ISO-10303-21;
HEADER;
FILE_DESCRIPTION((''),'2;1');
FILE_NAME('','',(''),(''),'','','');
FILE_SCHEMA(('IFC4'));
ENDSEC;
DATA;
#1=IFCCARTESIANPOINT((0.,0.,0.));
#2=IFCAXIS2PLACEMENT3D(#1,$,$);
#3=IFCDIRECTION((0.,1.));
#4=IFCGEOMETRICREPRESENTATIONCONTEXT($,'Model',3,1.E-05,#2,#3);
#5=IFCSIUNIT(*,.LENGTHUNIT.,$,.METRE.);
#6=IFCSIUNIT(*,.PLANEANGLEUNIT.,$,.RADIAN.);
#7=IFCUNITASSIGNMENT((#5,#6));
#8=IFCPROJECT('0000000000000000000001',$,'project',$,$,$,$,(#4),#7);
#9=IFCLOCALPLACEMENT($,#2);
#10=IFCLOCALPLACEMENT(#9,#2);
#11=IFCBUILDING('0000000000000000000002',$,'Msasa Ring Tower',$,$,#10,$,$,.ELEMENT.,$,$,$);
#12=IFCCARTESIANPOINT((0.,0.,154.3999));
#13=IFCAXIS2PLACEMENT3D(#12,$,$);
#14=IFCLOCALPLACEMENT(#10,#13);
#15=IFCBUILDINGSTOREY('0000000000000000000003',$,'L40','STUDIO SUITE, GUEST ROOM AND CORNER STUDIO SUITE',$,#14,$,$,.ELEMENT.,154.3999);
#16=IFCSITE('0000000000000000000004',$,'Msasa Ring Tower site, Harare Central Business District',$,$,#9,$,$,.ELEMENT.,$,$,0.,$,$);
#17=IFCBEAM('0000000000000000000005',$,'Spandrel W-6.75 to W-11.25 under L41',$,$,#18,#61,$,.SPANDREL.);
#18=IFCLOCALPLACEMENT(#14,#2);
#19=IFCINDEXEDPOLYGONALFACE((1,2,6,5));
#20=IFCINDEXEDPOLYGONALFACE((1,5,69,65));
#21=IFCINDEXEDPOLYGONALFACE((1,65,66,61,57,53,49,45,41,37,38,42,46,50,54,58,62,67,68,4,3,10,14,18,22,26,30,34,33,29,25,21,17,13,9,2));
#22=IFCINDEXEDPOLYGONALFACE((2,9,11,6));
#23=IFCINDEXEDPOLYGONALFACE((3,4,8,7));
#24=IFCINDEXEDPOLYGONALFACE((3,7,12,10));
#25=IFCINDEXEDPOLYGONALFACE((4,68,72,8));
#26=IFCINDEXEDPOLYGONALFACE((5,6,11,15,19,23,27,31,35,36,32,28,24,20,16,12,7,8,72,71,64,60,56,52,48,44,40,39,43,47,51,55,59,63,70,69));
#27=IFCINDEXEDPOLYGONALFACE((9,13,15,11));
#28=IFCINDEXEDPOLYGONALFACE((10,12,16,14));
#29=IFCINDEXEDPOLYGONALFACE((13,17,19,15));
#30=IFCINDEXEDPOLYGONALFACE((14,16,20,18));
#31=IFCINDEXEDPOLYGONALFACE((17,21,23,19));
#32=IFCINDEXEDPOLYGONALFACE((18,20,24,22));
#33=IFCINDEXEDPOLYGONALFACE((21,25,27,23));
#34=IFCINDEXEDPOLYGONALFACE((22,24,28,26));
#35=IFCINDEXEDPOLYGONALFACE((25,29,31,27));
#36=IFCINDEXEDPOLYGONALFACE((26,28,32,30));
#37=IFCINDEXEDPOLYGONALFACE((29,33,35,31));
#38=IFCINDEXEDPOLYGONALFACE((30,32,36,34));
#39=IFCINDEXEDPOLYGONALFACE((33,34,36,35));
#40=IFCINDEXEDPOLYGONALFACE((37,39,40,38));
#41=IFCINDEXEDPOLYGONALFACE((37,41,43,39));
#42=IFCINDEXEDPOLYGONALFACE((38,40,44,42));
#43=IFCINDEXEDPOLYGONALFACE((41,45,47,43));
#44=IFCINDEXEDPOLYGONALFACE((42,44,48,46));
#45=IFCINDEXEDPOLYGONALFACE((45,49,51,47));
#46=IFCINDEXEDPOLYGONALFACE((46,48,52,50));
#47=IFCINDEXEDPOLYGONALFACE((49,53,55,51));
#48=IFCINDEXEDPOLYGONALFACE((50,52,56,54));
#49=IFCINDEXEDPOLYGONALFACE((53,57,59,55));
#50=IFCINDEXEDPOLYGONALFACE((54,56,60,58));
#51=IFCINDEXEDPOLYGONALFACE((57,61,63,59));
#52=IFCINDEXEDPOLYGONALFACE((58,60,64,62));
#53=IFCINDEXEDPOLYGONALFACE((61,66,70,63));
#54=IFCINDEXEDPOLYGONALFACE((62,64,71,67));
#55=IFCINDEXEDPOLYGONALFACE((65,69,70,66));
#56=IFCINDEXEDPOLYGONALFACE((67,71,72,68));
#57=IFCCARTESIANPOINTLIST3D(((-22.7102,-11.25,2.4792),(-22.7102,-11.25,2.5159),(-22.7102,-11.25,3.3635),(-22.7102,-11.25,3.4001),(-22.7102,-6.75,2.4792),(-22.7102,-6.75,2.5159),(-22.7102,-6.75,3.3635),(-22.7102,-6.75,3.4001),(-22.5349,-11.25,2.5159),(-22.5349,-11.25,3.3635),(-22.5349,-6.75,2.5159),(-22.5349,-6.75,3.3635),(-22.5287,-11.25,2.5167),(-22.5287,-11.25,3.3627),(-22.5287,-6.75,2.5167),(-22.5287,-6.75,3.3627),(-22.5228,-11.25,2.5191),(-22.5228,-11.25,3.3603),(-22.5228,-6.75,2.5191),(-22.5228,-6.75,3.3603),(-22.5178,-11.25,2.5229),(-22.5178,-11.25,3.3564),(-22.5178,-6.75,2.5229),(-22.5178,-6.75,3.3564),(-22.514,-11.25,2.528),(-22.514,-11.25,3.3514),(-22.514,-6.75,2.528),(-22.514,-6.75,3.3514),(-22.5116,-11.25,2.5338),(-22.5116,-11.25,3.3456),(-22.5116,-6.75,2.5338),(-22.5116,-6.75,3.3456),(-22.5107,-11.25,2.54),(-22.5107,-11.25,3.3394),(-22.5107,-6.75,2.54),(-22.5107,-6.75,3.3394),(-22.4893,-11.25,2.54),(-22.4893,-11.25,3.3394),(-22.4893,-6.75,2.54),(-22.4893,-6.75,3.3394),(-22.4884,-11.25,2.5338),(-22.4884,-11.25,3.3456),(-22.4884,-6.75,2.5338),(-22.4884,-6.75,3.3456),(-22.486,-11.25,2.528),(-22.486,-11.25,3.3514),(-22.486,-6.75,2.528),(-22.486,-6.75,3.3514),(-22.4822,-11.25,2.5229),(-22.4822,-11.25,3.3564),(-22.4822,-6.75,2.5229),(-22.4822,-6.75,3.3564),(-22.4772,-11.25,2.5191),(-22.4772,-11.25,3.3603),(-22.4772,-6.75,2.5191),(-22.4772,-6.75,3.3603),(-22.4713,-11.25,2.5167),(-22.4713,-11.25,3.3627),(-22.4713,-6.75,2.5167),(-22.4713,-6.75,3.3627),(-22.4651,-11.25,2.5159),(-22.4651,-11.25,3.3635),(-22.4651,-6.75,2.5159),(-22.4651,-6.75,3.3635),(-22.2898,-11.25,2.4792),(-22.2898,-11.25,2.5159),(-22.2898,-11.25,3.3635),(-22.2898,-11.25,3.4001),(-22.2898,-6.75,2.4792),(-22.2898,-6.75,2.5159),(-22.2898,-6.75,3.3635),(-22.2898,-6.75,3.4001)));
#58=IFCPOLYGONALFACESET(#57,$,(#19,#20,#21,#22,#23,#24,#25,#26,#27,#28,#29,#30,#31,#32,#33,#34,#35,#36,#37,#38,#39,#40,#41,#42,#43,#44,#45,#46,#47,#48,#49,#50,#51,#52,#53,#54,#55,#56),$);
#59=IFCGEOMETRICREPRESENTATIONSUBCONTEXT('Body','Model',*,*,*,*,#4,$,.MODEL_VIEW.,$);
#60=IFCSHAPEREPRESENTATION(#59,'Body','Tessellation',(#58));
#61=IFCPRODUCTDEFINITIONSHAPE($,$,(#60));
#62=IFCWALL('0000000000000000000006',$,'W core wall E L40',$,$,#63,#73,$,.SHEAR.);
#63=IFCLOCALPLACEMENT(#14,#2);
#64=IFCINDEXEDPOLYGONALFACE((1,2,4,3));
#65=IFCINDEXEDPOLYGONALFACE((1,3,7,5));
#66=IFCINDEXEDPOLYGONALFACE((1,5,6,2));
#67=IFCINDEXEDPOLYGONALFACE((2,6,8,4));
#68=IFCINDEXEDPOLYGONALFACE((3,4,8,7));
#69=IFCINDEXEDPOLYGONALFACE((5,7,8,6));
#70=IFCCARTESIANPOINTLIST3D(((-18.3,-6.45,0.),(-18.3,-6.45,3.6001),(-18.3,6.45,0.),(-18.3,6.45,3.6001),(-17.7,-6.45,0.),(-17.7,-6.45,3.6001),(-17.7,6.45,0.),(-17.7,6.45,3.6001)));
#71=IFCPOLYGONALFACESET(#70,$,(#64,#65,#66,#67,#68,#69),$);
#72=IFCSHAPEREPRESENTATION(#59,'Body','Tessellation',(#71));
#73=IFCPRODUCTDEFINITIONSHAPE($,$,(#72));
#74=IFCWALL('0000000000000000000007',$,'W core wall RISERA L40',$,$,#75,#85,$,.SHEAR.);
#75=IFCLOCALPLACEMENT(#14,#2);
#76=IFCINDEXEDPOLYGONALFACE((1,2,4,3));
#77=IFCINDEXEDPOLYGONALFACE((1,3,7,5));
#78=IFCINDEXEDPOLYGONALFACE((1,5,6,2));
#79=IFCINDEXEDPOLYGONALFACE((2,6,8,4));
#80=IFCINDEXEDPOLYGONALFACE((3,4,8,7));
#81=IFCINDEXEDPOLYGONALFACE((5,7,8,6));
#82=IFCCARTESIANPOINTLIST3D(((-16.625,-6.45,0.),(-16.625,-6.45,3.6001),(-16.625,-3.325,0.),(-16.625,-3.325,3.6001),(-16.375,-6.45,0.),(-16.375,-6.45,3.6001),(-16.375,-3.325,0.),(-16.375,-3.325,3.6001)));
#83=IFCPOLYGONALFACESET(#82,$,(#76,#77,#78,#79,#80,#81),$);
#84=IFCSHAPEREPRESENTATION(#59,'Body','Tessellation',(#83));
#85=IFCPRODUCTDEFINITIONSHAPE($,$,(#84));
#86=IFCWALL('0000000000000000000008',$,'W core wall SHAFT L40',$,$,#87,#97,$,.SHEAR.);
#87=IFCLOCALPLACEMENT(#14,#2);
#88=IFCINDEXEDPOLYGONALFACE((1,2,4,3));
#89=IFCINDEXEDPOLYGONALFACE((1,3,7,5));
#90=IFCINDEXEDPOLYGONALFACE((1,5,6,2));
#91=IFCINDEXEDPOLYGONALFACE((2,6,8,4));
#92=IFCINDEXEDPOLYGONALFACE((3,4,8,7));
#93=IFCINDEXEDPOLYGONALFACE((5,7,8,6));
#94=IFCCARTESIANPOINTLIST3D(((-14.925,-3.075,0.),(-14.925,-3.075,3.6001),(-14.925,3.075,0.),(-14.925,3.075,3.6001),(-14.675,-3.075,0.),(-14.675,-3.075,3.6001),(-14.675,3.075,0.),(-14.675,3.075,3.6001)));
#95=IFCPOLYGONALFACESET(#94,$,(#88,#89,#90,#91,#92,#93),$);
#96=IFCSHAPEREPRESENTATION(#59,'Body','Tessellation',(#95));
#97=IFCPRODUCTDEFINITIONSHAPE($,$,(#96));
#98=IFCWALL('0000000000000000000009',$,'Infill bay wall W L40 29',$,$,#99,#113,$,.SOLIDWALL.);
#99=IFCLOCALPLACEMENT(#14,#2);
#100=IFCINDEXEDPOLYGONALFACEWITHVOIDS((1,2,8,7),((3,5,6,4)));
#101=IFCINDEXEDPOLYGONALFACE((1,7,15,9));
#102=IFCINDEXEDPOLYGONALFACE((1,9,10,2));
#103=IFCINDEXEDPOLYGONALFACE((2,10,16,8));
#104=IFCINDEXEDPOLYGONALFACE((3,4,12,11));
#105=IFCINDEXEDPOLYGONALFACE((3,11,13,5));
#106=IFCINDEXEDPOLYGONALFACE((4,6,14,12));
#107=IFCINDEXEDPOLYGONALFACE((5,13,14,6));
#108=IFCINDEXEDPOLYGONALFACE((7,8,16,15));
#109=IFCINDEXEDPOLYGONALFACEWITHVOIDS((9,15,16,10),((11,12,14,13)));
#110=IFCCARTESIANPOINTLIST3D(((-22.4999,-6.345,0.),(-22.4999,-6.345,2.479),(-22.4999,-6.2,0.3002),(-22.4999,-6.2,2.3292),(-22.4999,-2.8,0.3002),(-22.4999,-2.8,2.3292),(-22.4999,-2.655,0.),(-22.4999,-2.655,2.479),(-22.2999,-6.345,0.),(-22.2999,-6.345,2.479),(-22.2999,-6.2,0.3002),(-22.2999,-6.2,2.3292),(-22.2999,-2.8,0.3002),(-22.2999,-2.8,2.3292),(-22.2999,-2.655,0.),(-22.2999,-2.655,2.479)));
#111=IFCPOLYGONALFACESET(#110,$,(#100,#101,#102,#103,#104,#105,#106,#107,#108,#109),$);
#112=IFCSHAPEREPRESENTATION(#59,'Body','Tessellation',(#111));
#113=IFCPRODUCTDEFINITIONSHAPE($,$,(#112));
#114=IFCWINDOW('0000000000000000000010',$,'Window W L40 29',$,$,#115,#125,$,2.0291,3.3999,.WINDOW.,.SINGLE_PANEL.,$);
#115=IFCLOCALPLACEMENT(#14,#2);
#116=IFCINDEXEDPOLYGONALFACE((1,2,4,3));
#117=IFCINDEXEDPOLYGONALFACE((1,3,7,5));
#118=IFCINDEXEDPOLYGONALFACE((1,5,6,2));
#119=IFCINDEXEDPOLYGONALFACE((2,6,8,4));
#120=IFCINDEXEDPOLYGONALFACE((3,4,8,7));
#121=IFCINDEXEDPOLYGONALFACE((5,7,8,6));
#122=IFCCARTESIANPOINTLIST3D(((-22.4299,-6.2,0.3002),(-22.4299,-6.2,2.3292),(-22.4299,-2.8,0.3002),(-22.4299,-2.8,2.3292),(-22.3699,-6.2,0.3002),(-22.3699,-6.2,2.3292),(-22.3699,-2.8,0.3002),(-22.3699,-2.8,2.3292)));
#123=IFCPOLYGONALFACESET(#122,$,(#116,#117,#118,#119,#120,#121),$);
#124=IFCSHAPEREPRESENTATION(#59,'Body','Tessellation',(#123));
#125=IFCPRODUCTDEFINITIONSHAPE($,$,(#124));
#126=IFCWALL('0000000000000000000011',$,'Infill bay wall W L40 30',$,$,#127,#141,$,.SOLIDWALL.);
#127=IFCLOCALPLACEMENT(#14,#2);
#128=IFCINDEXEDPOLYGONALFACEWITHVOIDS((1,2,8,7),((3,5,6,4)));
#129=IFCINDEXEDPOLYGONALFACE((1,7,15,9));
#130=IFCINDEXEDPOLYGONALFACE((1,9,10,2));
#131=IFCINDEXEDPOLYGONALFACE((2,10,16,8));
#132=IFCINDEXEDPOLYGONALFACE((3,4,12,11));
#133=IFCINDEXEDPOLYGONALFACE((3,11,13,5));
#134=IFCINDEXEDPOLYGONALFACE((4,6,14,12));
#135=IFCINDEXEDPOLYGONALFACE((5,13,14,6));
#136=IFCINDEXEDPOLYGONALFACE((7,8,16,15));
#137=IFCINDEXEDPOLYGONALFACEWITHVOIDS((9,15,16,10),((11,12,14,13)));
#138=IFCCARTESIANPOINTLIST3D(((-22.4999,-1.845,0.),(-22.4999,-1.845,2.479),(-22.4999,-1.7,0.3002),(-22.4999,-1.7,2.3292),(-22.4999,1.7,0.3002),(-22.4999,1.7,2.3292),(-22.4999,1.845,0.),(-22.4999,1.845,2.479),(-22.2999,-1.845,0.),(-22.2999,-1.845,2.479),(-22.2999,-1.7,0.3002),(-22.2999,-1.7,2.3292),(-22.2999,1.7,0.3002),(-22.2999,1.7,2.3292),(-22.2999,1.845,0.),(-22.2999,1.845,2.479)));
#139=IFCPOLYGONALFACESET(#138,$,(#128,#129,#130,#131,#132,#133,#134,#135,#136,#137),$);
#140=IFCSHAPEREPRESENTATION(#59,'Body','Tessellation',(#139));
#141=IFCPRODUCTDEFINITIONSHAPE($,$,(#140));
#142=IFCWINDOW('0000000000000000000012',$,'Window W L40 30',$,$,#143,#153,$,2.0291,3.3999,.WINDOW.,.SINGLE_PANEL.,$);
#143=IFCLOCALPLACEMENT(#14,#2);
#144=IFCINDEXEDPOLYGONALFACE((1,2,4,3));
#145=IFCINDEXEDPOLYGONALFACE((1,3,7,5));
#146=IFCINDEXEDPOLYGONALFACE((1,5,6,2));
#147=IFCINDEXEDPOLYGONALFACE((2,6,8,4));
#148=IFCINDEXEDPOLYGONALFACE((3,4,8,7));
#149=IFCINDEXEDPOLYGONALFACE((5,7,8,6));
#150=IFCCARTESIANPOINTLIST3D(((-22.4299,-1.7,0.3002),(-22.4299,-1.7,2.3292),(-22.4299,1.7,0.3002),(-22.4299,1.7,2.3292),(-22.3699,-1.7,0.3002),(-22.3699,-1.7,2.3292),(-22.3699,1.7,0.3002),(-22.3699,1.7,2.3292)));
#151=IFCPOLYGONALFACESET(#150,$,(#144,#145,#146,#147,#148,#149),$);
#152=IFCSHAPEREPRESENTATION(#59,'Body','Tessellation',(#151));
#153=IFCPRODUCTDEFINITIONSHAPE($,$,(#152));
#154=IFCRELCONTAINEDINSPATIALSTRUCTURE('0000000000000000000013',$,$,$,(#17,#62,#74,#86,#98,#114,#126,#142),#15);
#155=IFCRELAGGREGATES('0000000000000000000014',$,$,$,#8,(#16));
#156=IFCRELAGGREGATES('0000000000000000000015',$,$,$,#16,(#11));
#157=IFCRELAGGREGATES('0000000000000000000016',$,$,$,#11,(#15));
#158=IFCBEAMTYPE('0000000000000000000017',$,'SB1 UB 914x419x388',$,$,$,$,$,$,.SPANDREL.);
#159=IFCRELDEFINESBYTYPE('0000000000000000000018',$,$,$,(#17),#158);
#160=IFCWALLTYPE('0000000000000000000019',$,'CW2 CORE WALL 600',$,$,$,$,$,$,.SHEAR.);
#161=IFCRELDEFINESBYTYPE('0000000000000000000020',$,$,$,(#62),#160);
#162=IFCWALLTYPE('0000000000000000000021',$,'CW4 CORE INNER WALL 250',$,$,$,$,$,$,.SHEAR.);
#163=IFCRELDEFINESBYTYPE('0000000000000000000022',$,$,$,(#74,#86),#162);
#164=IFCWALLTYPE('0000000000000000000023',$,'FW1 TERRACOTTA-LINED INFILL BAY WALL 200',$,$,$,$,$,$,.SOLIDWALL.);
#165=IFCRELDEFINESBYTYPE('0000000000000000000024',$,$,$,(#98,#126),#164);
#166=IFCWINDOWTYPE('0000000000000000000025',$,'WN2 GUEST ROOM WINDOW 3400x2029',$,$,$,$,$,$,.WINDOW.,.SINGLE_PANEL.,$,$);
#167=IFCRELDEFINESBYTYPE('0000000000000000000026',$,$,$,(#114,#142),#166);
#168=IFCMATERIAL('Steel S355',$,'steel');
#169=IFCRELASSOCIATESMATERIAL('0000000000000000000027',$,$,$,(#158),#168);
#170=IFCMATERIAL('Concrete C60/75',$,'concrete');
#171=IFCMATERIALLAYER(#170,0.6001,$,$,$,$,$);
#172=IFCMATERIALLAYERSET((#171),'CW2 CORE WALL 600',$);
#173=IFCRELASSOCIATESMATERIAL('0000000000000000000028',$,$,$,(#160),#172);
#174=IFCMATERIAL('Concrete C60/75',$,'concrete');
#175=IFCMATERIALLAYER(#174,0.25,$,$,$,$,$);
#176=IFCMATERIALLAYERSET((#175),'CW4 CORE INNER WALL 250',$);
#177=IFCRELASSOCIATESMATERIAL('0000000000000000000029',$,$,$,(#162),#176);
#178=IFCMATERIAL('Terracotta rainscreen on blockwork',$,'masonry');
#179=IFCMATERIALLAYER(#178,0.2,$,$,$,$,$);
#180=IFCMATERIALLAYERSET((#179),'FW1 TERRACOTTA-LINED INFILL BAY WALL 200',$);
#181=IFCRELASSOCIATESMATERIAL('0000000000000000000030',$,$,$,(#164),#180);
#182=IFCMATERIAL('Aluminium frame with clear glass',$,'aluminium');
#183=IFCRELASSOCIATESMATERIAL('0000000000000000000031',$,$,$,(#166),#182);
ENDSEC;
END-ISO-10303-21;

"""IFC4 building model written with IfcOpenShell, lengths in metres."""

from ifc_helpers import new_model, si_unit, direction, frame, frame_2d, origin, origin_2d, place, context, subcontext, project, spatial, rectangle, i_section, extrude, material, layer, layer_set, material_profile, profile_set, type_object, element, fill, save


model = new_model("IFC4")

# Units and contexts
model_context = context("Model", 3, precision=1e-05, world=origin(), true_north=direction((0.0, 1.0)))
body_context = subcontext(model_context, "Body", "Model", "MODEL_VIEW")
ifc_project = project(units=[si_unit("LENGTHUNIT", "METRE"), si_unit("PLANEANGLEUNIT", "RADIAN")], contexts=[model_context])

# Site, building, storey
site_placement = place(None, origin())
site = spatial("IfcSite", under=ifc_project, at=site_placement, Name="Msasa Ring Tower site, Harare Central Business District", CompositionType="ELEMENT", RefElevation=0.0)
building_placement = place(site_placement, origin())
building = spatial("IfcBuilding", under=site, at=building_placement, Name="Msasa Ring Tower", CompositionType="ELEMENT")
storey_placement = place(building_placement, frame((0.0, 0.0, 154.3999)))
storey = spatial("IfcBuildingStorey", under=building, at=storey_placement, Name="L40", Description="STUDIO SUITE, GUEST ROOM AND CORNER STUDIO SUITE", CompositionType="ELEMENT", Elevation=154.3999)

# Beam
ifc_material_1 = material(Name="Steel S355", Category="steel")
ifc_material_profile_1 = material_profile(ifc_material_1, i_section(OverallWidth=0.4204, OverallDepth=0.9209, WebThickness=0.0215, FlangeThickness=0.0366, FilletRadius=0.0242, at=origin_2d()), Name="UB 914x419x388")
ifc_profile_set_1 = profile_set([ifc_material_profile_1], Name="Steel S355")
beam_type_1 = type_object("IfcBeamType", Name="SB1 UB 914x419x388", PredefinedType="SPANDREL", material=ifc_profile_set_1)
for number, where, z_axis, x_axis, name in (
    (1, (-22.5, -6.75, 2.9397), (0.0, -1.0, 0.0), (1.0, 0.0, 0.0), "Spandrel W-6.75 to W-11.25 under L41"),
):
    element("IfcBeam", number, at=place(storey_placement, frame(where, z_axis=z_axis, x_axis=x_axis)), inside=storey, type_object=beam_type_1, Name=name, PredefinedType="SPANDREL", context=body_context, shape_type="SweptSolid", body=[
        extrude(i_section(OverallWidth=0.4204, OverallDepth=0.9209, WebThickness=0.0215, FlangeThickness=0.0366, FilletRadius=0.0242, at=origin_2d()), origin(), (0.0, 0.0, 1.0), 4.5),
    ])

# Walls
ifc_material_2 = material(Name="Concrete C60/75", Category="concrete")
ifc_layer_1 = layer(ifc_material_2, 0.6001)
ifc_layer_set_1 = layer_set([ifc_layer_1], Name="CW2 CORE WALL 600")
wall_type_1 = type_object("IfcWallType", Name="CW2 CORE WALL 600", PredefinedType="SHEAR", material=ifc_layer_set_1)
wall_1_placement = place(storey_placement, frame((-18.0, -6.45, 0.0), z_axis=(0.0, 0.0, 1.0), x_axis=(0.0, 1.0, 0.0)))
element("IfcWall", 2, at=wall_1_placement, inside=storey, type_object=wall_type_1, Name="W core wall E L40", PredefinedType="SHEAR", context=body_context, shape_type="SweptSolid", body=[
    extrude(rectangle(XDim=12.8999, YDim=0.6001, at=frame_2d((6.45, 0.0))), origin(), (0.0, 0.0, 1.0), 3.6001),
])
ifc_material_3 = material(Name="Concrete C60/75", Category="concrete")
ifc_layer_2 = layer(ifc_material_3, 0.25)
ifc_layer_set_2 = layer_set([ifc_layer_2], Name="CW4 CORE INNER WALL 250")
wall_type_2 = type_object("IfcWallType", Name="CW4 CORE INNER WALL 250", PredefinedType="SHEAR", material=ifc_layer_set_2)
wall_2_placement = place(storey_placement, frame((-16.5, -6.45, 0.0), z_axis=(0.0, 0.0, 1.0), x_axis=(0.0, 1.0, 0.0)))
element("IfcWall", 3, at=wall_2_placement, inside=storey, type_object=wall_type_2, Name="W core wall RISERA L40", PredefinedType="SHEAR", context=body_context, shape_type="SweptSolid", body=[
    extrude(rectangle(XDim=3.125, YDim=0.25, at=frame_2d((1.5625, 0.0))), origin(), (0.0, 0.0, 1.0), 3.6001),
])
wall_3_placement = place(storey_placement, frame((-14.8, -3.075, 0.0), z_axis=(0.0, 0.0, 1.0), x_axis=(0.0, 1.0, 0.0)))
element("IfcWall", 4, at=wall_3_placement, inside=storey, type_object=wall_type_2, Name="W core wall SHAFT L40", PredefinedType="SHEAR", context=body_context, shape_type="SweptSolid", body=[
    extrude(rectangle(XDim=6.1499, YDim=0.25, at=frame_2d((3.075, 0.0))), origin(), (0.0, 0.0, 1.0), 3.6001),
])

# Walls, openings, windows
ifc_material_4 = material(Name="Terracotta rainscreen on blockwork", Category="masonry")
ifc_layer_3 = layer(ifc_material_4, 0.2)
ifc_layer_set_3 = layer_set([ifc_layer_3], Name="FW1 TERRACOTTA-LINED INFILL BAY WALL 200")
wall_type_3 = type_object("IfcWallType", Name="FW1 TERRACOTTA-LINED INFILL BAY WALL 200", PredefinedType="SOLIDWALL", material=ifc_layer_set_3)
wall_4_placement = place(storey_placement, frame((-22.3999, -6.345, 0.0), z_axis=(0.0, 0.0, 1.0), x_axis=(0.0, 1.0, 0.0)))
wall_4 = element("IfcWall", 5, at=wall_4_placement, inside=storey, type_object=wall_type_3, Name="Infill bay wall W L40 29", PredefinedType="SOLIDWALL", context=body_context, shape_type="SweptSolid", body=[
    extrude(rectangle(XDim=3.6899, YDim=0.2, at=frame_2d((1.845, 0.0))), origin(), (0.0, 0.0, 1.0), 2.479),
])
opening_1_placement = place(wall_4_placement, frame((0.145, 0.0, 0.3)))
opening_1 = element("IfcOpeningElement", 6, at=opening_1_placement, cuts=wall_4, PredefinedType="OPENING", context=body_context, shape_type="SweptSolid", body=[
    extrude(rectangle(XDim=3.3999, YDim=2.0291, at=frame_2d((1.7, 1.0146))), frame((0.0, 0.1099, 0.0), z_axis=(0.0, -1.0, 0.0), x_axis=(1.0, 0.0, 0.0)), (0.0, 0.0, 1.0), 0.22),
])
ifc_material_5 = material(Name="Aluminium frame with clear glass", Category="aluminium")
window_type = type_object("IfcWindowType", Name="WN2 GUEST ROOM WINDOW 3400x2029", PartitioningType="SINGLE_PANEL", PredefinedType="WINDOW", material=ifc_material_5)
window_1_placement = place(opening_1_placement, origin())
window_1 = element("IfcWindow", 7, at=window_1_placement, inside=storey, type_object=window_type, Name="Window W L40 29", OverallHeight=2.0291, OverallWidth=3.3999, PartitioningType="SINGLE_PANEL", PredefinedType="WINDOW", context=body_context, shape_type="SweptSolid", body=[
    extrude(rectangle(XDim=3.3999, YDim=2.0291, at=frame_2d((1.7, 1.0146))), frame((0.0, 0.03, 0.0), z_axis=(0.0, -1.0, 0.0), x_axis=(1.0, 0.0, 0.0)), (0.0, 0.0, 1.0), 0.0601),
])
fill(opening_1, window_1)
wall_5_placement = place(storey_placement, frame((-22.3999, -1.845, 0.0), z_axis=(0.0, 0.0, 1.0), x_axis=(0.0, 1.0, 0.0)))
wall_5 = element("IfcWall", 8, at=wall_5_placement, inside=storey, type_object=wall_type_3, Name="Infill bay wall W L40 30", PredefinedType="SOLIDWALL", context=body_context, shape_type="SweptSolid", body=[
    extrude(rectangle(XDim=3.6899, YDim=0.2, at=frame_2d((1.845, 0.0))), origin(), (0.0, 0.0, 1.0), 2.479),
])
opening_2_placement = place(wall_5_placement, frame((0.145, 0.0, 0.3)))
opening_2 = element("IfcOpeningElement", 9, at=opening_2_placement, cuts=wall_5, PredefinedType="OPENING", context=body_context, shape_type="SweptSolid", body=[
    extrude(rectangle(XDim=3.3999, YDim=2.0291, at=frame_2d((1.7, 1.0146))), frame((0.0, 0.1099, 0.0), z_axis=(0.0, -1.0, 0.0), x_axis=(1.0, 0.0, 0.0)), (0.0, 0.0, 1.0), 0.22),
])
window_2_placement = place(opening_2_placement, origin())
window_2 = element("IfcWindow", 10, at=window_2_placement, inside=storey, type_object=window_type, Name="Window W L40 30", OverallHeight=2.0291, OverallWidth=3.3999, PartitioningType="SINGLE_PANEL", PredefinedType="WINDOW", context=body_context, shape_type="SweptSolid", body=[
    extrude(rectangle(XDim=3.3999, YDim=2.0291, at=frame_2d((1.7, 1.0146))), frame((0.0, 0.03, 0.0), z_axis=(0.0, -1.0, 0.0), x_axis=(1.0, 0.0, 0.0)), (0.0, 0.0, 1.0), 0.0601),
])
fill(opening_2, window_2)

save(model, "model.ifc")
